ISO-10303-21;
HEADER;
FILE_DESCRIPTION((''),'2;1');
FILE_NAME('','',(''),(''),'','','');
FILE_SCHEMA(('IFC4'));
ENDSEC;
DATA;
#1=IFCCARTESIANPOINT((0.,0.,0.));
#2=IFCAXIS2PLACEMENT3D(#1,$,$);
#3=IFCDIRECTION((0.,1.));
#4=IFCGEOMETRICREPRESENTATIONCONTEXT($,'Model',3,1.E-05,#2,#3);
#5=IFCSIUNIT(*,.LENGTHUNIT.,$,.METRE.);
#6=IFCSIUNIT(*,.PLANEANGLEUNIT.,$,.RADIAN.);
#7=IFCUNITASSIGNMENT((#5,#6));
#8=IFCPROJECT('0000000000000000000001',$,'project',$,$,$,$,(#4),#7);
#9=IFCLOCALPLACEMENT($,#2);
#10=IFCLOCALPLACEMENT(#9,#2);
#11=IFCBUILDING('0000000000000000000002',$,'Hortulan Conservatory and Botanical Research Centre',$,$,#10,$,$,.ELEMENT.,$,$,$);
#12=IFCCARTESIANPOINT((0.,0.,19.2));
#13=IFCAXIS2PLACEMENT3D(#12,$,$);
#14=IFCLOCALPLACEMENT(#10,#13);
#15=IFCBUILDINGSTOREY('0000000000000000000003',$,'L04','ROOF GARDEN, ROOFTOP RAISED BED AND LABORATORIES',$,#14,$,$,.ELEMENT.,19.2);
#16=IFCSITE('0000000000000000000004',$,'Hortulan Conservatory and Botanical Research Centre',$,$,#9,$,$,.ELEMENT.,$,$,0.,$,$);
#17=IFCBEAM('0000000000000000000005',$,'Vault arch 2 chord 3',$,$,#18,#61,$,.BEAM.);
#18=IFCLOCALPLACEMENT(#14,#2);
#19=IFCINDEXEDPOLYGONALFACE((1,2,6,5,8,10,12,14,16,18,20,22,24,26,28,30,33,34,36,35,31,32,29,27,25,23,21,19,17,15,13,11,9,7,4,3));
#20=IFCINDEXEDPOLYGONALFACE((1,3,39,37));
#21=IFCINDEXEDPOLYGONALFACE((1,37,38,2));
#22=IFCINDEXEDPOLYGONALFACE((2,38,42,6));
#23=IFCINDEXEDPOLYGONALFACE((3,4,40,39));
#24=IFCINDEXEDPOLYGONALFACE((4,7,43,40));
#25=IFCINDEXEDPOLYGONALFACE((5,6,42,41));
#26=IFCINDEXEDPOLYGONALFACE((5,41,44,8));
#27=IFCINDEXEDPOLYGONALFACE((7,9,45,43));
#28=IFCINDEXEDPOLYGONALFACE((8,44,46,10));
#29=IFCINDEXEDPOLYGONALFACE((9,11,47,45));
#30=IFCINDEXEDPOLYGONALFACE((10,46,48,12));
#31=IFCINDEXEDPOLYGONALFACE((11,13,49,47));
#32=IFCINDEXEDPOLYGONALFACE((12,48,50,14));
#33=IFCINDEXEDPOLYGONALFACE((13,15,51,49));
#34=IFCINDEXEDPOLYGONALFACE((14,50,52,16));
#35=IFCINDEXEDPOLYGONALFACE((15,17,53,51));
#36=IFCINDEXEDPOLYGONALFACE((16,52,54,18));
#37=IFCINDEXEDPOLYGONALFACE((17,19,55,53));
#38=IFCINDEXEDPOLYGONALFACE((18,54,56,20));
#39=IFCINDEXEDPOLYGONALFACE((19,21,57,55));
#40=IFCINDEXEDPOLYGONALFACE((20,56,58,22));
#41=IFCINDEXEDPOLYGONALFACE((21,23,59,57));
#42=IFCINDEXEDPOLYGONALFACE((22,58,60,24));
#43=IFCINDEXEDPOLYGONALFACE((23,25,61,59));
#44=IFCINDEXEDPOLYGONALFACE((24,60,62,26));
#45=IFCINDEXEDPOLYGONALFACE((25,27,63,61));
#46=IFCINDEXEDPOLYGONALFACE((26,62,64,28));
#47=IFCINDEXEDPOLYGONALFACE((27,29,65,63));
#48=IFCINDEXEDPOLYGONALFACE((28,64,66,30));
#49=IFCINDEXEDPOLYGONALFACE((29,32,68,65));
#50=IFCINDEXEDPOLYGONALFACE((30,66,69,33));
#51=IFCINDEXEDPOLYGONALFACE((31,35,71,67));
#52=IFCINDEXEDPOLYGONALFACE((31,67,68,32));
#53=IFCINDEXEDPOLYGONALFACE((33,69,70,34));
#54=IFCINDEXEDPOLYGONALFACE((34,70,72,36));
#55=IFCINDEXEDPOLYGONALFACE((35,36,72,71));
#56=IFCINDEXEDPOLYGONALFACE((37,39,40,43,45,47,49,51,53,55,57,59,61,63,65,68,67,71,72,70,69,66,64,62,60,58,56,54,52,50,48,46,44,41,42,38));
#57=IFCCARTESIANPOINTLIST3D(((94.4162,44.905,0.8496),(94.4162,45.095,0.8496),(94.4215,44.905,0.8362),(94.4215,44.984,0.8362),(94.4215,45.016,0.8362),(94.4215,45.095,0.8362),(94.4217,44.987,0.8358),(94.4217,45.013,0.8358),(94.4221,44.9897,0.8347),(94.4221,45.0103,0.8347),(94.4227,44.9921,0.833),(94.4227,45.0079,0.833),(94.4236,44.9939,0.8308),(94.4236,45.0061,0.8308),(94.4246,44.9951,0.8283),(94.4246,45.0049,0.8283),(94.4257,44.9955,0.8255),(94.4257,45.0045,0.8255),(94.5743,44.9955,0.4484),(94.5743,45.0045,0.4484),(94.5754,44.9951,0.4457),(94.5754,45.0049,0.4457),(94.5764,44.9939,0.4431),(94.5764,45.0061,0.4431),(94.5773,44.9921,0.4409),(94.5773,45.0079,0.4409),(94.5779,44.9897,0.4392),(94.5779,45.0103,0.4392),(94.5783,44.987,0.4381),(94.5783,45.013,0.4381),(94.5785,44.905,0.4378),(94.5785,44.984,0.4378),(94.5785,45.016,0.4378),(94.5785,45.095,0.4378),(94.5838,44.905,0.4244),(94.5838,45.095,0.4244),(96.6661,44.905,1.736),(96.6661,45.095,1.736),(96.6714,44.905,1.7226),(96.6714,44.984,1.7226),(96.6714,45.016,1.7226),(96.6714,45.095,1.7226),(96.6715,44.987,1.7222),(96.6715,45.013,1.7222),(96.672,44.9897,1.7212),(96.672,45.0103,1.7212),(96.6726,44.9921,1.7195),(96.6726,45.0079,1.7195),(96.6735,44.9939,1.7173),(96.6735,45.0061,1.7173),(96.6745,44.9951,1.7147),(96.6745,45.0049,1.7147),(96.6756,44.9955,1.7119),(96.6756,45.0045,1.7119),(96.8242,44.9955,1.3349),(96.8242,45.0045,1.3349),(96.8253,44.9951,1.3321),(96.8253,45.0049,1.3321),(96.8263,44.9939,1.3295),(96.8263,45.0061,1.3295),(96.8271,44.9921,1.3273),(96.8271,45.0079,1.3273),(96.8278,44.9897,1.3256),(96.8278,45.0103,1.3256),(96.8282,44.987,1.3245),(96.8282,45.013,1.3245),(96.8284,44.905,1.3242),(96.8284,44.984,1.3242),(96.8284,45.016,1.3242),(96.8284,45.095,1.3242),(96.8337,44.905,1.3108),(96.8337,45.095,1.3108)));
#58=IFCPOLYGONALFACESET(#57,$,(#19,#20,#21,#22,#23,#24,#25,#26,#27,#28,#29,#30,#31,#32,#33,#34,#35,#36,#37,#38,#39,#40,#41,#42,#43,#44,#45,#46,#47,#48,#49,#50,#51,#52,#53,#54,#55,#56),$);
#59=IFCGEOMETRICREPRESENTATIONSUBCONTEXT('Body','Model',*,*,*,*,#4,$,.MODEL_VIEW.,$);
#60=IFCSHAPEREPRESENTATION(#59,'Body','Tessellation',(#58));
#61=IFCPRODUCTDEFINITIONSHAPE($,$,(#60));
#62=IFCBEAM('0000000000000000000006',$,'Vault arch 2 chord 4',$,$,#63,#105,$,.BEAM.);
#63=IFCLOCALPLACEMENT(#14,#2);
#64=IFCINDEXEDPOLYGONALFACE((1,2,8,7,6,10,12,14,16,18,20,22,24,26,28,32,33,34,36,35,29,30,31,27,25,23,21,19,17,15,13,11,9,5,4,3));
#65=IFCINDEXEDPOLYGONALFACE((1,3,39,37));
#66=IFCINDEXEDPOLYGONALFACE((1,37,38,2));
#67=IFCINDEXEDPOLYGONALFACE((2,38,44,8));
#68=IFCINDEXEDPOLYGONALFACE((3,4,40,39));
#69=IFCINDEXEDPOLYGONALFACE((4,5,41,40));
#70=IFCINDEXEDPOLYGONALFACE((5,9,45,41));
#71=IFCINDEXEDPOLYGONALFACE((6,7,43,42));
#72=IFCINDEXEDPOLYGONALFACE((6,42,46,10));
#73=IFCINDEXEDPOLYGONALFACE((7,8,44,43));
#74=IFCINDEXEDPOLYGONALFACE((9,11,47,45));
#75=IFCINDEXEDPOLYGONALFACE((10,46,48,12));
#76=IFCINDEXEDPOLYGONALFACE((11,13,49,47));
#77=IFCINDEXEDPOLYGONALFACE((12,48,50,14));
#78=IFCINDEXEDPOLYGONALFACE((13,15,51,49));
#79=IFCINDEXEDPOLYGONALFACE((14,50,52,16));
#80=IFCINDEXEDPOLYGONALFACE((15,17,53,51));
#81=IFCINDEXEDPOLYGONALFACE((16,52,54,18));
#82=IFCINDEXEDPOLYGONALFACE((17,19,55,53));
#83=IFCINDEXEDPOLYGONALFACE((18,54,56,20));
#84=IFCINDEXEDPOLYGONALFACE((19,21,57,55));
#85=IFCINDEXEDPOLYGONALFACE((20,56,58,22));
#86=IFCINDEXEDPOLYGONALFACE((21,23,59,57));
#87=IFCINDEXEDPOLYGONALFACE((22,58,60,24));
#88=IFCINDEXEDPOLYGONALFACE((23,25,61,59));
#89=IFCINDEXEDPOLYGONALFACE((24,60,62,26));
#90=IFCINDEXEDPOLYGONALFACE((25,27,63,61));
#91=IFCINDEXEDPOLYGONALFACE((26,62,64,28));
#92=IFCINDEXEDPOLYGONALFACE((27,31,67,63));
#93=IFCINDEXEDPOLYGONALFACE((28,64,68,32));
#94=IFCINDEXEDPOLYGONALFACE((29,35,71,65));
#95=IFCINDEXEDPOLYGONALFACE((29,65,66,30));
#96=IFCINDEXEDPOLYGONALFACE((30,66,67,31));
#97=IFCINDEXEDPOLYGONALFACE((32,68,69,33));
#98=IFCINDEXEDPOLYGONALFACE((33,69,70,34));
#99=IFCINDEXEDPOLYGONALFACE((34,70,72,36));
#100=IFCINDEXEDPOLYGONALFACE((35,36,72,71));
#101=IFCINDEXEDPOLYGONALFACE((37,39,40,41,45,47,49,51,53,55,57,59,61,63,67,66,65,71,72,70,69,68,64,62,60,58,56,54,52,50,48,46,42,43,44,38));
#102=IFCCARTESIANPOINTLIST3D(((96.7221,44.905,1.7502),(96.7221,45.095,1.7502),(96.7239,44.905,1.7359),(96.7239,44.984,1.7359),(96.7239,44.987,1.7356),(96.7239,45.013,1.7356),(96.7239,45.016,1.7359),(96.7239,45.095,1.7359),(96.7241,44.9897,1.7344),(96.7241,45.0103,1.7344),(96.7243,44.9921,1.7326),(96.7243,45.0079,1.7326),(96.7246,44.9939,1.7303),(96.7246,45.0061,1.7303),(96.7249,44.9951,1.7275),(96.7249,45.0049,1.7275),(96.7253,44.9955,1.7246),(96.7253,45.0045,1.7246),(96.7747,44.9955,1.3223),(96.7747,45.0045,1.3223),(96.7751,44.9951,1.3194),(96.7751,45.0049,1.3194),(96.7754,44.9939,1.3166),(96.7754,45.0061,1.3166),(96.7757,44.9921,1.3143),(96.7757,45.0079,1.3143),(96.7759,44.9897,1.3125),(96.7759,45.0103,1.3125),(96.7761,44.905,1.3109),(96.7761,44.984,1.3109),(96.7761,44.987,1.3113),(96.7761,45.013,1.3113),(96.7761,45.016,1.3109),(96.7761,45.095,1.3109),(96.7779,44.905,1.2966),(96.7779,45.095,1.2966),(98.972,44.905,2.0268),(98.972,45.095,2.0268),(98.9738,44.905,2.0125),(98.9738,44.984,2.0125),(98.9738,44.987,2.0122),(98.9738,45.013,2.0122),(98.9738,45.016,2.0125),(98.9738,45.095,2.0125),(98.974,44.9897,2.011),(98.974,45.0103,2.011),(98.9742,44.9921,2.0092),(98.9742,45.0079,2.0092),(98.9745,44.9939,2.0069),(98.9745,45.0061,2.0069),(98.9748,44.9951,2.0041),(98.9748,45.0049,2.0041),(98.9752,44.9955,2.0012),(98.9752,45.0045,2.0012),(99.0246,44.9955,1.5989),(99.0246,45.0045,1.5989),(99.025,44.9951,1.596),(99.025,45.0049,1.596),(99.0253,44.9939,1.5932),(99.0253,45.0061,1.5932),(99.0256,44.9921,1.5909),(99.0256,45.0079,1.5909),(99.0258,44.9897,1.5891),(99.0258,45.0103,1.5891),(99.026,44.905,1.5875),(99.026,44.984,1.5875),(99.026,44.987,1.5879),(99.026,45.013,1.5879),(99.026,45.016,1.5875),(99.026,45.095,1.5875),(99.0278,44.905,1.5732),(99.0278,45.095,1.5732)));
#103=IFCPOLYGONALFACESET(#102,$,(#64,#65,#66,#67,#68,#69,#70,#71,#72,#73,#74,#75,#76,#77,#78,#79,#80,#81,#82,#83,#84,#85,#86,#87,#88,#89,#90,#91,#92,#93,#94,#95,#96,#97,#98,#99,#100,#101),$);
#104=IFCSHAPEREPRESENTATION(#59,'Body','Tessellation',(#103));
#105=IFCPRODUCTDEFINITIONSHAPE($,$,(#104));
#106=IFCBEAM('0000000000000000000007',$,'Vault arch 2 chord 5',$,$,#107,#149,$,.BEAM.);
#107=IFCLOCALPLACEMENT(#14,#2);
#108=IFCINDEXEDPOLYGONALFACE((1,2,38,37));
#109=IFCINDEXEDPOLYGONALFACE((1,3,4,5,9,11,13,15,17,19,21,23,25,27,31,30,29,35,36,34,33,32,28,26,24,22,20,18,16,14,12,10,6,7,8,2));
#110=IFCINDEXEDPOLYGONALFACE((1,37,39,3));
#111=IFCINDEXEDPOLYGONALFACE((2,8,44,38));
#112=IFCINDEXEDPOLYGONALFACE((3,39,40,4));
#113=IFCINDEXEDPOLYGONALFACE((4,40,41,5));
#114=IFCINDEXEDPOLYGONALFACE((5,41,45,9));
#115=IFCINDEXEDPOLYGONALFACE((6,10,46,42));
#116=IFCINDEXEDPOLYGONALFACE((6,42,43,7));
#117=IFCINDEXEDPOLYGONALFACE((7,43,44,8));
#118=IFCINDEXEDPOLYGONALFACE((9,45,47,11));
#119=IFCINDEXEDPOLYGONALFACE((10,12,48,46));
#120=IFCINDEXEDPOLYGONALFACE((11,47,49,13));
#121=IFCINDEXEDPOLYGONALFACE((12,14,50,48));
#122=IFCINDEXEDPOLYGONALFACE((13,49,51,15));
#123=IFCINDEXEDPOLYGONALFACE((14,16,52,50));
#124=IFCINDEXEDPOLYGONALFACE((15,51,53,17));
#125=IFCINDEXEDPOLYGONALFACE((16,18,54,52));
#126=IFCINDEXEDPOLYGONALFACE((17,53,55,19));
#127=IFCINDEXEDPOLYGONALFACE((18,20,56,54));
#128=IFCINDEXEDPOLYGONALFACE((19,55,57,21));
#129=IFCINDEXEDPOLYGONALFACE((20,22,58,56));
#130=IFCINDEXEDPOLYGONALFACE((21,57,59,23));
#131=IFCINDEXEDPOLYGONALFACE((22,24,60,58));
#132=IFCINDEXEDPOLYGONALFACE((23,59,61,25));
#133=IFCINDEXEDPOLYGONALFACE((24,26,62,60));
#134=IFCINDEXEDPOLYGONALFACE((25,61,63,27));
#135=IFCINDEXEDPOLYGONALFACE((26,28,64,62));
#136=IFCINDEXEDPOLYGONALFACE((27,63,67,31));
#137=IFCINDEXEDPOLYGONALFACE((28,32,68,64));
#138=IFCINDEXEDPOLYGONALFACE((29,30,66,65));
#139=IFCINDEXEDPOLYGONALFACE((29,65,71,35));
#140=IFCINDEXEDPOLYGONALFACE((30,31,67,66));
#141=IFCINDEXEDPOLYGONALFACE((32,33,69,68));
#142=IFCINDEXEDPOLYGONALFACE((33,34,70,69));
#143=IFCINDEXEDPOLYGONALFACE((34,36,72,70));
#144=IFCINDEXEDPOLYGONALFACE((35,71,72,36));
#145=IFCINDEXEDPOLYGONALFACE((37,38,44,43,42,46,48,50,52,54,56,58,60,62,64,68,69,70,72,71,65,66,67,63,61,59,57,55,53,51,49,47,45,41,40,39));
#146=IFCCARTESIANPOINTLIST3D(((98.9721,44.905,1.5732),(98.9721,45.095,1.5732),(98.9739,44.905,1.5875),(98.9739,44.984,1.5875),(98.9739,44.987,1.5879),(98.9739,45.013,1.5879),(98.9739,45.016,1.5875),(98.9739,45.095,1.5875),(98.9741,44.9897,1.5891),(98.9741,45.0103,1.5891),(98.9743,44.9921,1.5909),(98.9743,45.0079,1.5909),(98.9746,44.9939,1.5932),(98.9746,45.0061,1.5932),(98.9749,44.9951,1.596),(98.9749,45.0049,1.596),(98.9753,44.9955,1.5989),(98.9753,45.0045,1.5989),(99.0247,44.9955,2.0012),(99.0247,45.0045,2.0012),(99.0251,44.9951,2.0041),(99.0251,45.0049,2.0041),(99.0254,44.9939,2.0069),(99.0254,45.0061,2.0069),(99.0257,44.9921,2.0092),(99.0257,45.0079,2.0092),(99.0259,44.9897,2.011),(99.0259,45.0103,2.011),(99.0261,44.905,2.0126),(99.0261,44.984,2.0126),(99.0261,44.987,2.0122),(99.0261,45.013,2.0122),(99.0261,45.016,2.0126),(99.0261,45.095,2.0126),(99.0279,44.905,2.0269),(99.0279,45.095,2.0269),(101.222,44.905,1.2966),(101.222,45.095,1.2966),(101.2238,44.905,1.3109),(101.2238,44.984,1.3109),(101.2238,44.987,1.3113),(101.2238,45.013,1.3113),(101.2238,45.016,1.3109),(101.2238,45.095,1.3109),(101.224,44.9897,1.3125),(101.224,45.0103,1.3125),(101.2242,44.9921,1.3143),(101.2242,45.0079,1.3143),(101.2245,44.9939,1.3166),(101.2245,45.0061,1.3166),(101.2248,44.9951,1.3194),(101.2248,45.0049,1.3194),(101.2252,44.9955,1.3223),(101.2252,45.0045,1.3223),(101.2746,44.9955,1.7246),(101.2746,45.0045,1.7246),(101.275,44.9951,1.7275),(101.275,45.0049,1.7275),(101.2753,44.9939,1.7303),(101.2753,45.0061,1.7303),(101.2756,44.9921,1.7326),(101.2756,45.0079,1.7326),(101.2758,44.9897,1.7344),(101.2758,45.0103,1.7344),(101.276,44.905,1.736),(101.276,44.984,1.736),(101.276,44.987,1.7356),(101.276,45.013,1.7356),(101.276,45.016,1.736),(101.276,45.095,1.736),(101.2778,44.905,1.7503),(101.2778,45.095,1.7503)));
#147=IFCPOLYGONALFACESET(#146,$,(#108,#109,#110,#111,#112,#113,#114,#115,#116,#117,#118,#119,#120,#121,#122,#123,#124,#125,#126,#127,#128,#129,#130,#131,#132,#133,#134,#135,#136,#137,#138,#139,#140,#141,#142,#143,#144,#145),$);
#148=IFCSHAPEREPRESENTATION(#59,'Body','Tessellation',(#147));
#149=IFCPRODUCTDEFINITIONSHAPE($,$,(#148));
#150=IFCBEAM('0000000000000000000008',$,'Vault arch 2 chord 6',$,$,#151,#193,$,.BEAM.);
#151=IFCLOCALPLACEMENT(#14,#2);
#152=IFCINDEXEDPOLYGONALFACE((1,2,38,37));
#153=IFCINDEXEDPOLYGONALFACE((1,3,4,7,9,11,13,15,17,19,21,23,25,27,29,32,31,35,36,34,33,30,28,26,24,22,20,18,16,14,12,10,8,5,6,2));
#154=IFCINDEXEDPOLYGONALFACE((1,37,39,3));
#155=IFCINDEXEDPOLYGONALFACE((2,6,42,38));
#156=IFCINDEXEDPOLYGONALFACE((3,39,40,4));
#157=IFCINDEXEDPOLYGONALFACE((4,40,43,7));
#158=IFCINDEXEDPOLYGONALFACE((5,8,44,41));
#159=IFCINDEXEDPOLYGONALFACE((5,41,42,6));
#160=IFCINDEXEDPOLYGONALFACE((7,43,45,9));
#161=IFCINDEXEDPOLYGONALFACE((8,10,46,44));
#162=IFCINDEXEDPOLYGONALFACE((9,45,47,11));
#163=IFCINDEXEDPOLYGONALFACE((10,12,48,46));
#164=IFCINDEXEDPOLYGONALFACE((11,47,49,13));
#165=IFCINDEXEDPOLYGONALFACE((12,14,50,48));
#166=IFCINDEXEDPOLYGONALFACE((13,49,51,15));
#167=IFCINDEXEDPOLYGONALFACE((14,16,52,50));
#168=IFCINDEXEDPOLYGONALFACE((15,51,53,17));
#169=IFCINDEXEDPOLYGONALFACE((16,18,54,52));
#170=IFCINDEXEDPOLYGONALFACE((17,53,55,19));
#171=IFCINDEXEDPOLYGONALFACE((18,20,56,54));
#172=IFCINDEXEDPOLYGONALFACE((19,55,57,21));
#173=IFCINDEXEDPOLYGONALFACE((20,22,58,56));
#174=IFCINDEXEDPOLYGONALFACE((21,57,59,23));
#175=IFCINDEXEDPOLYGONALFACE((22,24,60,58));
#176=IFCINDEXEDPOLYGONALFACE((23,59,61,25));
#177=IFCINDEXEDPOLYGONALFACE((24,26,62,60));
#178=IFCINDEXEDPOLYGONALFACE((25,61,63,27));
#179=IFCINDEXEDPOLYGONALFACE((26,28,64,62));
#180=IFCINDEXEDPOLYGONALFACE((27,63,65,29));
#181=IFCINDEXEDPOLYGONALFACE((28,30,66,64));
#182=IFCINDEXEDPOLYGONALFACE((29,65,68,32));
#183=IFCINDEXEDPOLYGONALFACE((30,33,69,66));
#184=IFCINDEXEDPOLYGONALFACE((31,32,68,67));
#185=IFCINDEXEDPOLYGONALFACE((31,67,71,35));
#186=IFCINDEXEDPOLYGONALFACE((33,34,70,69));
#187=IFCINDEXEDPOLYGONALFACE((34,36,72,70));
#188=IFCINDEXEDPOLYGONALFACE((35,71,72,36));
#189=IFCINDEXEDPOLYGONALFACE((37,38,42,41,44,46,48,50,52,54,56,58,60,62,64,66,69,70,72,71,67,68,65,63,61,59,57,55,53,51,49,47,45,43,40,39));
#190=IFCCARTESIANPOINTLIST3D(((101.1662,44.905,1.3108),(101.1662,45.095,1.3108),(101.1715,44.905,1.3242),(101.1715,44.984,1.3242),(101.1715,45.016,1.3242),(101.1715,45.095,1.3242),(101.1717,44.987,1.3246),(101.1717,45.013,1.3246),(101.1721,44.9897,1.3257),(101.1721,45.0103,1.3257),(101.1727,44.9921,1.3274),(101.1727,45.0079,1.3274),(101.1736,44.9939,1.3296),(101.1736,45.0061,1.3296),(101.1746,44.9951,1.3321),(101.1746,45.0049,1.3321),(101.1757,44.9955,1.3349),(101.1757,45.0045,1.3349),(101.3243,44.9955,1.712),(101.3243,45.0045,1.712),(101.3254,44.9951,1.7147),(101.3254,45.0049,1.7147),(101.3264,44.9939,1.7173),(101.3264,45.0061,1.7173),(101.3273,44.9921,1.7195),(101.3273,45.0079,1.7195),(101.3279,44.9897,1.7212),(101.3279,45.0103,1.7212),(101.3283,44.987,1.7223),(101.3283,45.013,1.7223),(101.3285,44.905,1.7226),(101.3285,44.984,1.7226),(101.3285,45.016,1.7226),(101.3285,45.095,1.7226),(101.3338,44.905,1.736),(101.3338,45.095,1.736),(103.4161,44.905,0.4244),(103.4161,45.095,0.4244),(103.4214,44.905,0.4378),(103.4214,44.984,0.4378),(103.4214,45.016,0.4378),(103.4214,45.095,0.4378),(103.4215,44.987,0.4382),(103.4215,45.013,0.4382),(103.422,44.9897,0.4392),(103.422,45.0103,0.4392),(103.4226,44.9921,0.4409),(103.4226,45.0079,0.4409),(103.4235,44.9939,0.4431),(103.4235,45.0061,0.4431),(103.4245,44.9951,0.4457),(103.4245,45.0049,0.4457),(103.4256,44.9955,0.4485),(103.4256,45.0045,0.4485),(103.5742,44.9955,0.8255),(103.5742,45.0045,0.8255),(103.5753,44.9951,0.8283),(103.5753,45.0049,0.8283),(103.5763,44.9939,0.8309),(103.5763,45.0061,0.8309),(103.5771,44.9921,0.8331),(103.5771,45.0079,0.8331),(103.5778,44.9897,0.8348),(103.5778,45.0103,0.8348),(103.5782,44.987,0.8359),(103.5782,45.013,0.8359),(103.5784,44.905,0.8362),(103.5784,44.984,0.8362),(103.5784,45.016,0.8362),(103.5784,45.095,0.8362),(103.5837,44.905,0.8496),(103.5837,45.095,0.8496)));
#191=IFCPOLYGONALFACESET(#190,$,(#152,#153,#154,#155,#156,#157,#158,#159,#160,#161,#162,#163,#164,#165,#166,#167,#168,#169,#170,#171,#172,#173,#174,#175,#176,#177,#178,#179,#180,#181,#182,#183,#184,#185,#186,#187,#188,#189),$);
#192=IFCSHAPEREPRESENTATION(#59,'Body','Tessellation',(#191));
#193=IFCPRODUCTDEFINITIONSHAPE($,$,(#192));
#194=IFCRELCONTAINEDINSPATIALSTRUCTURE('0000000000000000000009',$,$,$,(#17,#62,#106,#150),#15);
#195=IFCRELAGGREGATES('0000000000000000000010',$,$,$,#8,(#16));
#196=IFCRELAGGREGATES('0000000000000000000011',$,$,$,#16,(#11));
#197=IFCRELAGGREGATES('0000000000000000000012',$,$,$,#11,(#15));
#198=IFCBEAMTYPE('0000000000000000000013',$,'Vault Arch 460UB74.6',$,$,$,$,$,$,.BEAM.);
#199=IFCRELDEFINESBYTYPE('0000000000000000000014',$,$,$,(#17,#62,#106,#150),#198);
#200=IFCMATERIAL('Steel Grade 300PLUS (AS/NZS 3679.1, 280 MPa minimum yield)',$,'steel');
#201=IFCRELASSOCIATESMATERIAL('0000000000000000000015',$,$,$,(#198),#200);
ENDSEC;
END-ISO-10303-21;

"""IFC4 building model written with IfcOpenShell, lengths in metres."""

from ifc_helpers import new_model, si_unit, direction, frame, origin, origin_2d, place, context, subcontext, project, spatial, i_section, extrude, material, material_profile, profile_set, type_object, element, save


model = new_model("IFC4")

# Units and contexts
model_context = context("Model", 3, precision=1e-05, world=origin(), true_north=direction((0.0, 1.0)))
body_context = subcontext(model_context, "Body", "Model", "MODEL_VIEW")
ifc_project = project(units=[si_unit("LENGTHUNIT", "METRE"), si_unit("PLANEANGLEUNIT", "RADIAN")], contexts=[model_context])

# Site, building, storey
site_placement = place(None, origin())
site = spatial("IfcSite", under=ifc_project, at=site_placement, Name="Hortulan Conservatory and Botanical Research Centre", CompositionType="ELEMENT", RefElevation=0.0)
building_placement = place(site_placement, origin())
building = spatial("IfcBuilding", under=site, at=building_placement, Name="Hortulan Conservatory and Botanical Research Centre", CompositionType="ELEMENT")
storey_placement = place(building_placement, frame((0.0, 0.0, 19.2)))
storey = spatial("IfcBuildingStorey", under=building, at=storey_placement, Name="L04", Description="ROOF GARDEN, ROOFTOP RAISED BED AND LABORATORIES", CompositionType="ELEMENT", Elevation=19.2)

# Beams
ifc_material_1 = material(Name="Steel Grade 300PLUS (AS/NZS 3679.1, 280 MPa minimum yield)", Category="steel")
ifc_material_profile_1 = material_profile(ifc_material_1, i_section(OverallWidth=0.1899, OverallDepth=0.457, WebThickness=0.009, FlangeThickness=0.0144, FilletRadius=0.0115, at=origin_2d()), Name="460UB74.6")
ifc_profile_set_1 = profile_set([ifc_material_profile_1], Name="Steel Grade 300PLUS (AS/NZS 3679.1, 280 MPa minimum yield)")
beam_type = type_object("IfcBeamType", Name="Vault Arch 460UB74.6", PredefinedType="BEAM", material=ifc_profile_set_1)
beam_placement = place(storey_placement, frame((94.5, 45.0, 0.637), z_axis=(0.930393, 0.0, 0.366564), x_axis=(0.0, 1.0, 0.0)))
element("IfcBeam", 1, at=beam_placement, inside=storey, type_object=beam_type, Name="Vault arch 2 chord 3", PredefinedType="BEAM", context=body_context, shape_type="SweptSolid", body=[
    extrude(i_section(OverallWidth=0.1899, OverallDepth=0.457, WebThickness=0.009, FlangeThickness=0.0144, FilletRadius=0.0115, at=origin_2d()), origin(), (0.0, 0.0, 1.0), 2.4182),
])
for number, where, z_axis, x_axis, name in (
    (2, (96.75, 45.0, 1.5234), (0.992528, 0.0, 0.12202), (0.0, 1.0, 0.0), "Vault arch 2 chord 4"),
    (3, (99.0, 45.0, 1.8), (0.992528, 0.0, -0.12202), (0.0, 1.0, 0.0), "Vault arch 2 chord 5"),
):
    element("IfcBeam", number, at=place(storey_placement, frame(where, z_axis=z_axis, x_axis=x_axis)), inside=storey, type_object=beam_type, Name=name, PredefinedType="BEAM", context=body_context, shape_type="SweptSolid", body=[
        extrude(i_section(OverallWidth=0.1899, OverallDepth=0.457, WebThickness=0.009, FlangeThickness=0.0144, FilletRadius=0.0115, at=origin_2d()), origin(), (0.0, 0.0, 1.0), 2.2668),
    ])
for number, where, z_axis, x_axis, name in (
    (4, (101.25, 45.0, 1.5234), (0.930393, 0.0, -0.366564), (0.0, 1.0, 0.0), "Vault arch 2 chord 6"),
):
    element("IfcBeam", number, at=place(storey_placement, frame(where, z_axis=z_axis, x_axis=x_axis)), inside=storey, type_object=beam_type, Name=name, PredefinedType="BEAM", context=body_context, shape_type="SweptSolid", body=[
        extrude(i_section(OverallWidth=0.1899, OverallDepth=0.457, WebThickness=0.009, FlangeThickness=0.0144, FilletRadius=0.0115, at=origin_2d()), origin(), (0.0, 0.0, 1.0), 2.4182),
    ])

save(model, "model.ifc")
